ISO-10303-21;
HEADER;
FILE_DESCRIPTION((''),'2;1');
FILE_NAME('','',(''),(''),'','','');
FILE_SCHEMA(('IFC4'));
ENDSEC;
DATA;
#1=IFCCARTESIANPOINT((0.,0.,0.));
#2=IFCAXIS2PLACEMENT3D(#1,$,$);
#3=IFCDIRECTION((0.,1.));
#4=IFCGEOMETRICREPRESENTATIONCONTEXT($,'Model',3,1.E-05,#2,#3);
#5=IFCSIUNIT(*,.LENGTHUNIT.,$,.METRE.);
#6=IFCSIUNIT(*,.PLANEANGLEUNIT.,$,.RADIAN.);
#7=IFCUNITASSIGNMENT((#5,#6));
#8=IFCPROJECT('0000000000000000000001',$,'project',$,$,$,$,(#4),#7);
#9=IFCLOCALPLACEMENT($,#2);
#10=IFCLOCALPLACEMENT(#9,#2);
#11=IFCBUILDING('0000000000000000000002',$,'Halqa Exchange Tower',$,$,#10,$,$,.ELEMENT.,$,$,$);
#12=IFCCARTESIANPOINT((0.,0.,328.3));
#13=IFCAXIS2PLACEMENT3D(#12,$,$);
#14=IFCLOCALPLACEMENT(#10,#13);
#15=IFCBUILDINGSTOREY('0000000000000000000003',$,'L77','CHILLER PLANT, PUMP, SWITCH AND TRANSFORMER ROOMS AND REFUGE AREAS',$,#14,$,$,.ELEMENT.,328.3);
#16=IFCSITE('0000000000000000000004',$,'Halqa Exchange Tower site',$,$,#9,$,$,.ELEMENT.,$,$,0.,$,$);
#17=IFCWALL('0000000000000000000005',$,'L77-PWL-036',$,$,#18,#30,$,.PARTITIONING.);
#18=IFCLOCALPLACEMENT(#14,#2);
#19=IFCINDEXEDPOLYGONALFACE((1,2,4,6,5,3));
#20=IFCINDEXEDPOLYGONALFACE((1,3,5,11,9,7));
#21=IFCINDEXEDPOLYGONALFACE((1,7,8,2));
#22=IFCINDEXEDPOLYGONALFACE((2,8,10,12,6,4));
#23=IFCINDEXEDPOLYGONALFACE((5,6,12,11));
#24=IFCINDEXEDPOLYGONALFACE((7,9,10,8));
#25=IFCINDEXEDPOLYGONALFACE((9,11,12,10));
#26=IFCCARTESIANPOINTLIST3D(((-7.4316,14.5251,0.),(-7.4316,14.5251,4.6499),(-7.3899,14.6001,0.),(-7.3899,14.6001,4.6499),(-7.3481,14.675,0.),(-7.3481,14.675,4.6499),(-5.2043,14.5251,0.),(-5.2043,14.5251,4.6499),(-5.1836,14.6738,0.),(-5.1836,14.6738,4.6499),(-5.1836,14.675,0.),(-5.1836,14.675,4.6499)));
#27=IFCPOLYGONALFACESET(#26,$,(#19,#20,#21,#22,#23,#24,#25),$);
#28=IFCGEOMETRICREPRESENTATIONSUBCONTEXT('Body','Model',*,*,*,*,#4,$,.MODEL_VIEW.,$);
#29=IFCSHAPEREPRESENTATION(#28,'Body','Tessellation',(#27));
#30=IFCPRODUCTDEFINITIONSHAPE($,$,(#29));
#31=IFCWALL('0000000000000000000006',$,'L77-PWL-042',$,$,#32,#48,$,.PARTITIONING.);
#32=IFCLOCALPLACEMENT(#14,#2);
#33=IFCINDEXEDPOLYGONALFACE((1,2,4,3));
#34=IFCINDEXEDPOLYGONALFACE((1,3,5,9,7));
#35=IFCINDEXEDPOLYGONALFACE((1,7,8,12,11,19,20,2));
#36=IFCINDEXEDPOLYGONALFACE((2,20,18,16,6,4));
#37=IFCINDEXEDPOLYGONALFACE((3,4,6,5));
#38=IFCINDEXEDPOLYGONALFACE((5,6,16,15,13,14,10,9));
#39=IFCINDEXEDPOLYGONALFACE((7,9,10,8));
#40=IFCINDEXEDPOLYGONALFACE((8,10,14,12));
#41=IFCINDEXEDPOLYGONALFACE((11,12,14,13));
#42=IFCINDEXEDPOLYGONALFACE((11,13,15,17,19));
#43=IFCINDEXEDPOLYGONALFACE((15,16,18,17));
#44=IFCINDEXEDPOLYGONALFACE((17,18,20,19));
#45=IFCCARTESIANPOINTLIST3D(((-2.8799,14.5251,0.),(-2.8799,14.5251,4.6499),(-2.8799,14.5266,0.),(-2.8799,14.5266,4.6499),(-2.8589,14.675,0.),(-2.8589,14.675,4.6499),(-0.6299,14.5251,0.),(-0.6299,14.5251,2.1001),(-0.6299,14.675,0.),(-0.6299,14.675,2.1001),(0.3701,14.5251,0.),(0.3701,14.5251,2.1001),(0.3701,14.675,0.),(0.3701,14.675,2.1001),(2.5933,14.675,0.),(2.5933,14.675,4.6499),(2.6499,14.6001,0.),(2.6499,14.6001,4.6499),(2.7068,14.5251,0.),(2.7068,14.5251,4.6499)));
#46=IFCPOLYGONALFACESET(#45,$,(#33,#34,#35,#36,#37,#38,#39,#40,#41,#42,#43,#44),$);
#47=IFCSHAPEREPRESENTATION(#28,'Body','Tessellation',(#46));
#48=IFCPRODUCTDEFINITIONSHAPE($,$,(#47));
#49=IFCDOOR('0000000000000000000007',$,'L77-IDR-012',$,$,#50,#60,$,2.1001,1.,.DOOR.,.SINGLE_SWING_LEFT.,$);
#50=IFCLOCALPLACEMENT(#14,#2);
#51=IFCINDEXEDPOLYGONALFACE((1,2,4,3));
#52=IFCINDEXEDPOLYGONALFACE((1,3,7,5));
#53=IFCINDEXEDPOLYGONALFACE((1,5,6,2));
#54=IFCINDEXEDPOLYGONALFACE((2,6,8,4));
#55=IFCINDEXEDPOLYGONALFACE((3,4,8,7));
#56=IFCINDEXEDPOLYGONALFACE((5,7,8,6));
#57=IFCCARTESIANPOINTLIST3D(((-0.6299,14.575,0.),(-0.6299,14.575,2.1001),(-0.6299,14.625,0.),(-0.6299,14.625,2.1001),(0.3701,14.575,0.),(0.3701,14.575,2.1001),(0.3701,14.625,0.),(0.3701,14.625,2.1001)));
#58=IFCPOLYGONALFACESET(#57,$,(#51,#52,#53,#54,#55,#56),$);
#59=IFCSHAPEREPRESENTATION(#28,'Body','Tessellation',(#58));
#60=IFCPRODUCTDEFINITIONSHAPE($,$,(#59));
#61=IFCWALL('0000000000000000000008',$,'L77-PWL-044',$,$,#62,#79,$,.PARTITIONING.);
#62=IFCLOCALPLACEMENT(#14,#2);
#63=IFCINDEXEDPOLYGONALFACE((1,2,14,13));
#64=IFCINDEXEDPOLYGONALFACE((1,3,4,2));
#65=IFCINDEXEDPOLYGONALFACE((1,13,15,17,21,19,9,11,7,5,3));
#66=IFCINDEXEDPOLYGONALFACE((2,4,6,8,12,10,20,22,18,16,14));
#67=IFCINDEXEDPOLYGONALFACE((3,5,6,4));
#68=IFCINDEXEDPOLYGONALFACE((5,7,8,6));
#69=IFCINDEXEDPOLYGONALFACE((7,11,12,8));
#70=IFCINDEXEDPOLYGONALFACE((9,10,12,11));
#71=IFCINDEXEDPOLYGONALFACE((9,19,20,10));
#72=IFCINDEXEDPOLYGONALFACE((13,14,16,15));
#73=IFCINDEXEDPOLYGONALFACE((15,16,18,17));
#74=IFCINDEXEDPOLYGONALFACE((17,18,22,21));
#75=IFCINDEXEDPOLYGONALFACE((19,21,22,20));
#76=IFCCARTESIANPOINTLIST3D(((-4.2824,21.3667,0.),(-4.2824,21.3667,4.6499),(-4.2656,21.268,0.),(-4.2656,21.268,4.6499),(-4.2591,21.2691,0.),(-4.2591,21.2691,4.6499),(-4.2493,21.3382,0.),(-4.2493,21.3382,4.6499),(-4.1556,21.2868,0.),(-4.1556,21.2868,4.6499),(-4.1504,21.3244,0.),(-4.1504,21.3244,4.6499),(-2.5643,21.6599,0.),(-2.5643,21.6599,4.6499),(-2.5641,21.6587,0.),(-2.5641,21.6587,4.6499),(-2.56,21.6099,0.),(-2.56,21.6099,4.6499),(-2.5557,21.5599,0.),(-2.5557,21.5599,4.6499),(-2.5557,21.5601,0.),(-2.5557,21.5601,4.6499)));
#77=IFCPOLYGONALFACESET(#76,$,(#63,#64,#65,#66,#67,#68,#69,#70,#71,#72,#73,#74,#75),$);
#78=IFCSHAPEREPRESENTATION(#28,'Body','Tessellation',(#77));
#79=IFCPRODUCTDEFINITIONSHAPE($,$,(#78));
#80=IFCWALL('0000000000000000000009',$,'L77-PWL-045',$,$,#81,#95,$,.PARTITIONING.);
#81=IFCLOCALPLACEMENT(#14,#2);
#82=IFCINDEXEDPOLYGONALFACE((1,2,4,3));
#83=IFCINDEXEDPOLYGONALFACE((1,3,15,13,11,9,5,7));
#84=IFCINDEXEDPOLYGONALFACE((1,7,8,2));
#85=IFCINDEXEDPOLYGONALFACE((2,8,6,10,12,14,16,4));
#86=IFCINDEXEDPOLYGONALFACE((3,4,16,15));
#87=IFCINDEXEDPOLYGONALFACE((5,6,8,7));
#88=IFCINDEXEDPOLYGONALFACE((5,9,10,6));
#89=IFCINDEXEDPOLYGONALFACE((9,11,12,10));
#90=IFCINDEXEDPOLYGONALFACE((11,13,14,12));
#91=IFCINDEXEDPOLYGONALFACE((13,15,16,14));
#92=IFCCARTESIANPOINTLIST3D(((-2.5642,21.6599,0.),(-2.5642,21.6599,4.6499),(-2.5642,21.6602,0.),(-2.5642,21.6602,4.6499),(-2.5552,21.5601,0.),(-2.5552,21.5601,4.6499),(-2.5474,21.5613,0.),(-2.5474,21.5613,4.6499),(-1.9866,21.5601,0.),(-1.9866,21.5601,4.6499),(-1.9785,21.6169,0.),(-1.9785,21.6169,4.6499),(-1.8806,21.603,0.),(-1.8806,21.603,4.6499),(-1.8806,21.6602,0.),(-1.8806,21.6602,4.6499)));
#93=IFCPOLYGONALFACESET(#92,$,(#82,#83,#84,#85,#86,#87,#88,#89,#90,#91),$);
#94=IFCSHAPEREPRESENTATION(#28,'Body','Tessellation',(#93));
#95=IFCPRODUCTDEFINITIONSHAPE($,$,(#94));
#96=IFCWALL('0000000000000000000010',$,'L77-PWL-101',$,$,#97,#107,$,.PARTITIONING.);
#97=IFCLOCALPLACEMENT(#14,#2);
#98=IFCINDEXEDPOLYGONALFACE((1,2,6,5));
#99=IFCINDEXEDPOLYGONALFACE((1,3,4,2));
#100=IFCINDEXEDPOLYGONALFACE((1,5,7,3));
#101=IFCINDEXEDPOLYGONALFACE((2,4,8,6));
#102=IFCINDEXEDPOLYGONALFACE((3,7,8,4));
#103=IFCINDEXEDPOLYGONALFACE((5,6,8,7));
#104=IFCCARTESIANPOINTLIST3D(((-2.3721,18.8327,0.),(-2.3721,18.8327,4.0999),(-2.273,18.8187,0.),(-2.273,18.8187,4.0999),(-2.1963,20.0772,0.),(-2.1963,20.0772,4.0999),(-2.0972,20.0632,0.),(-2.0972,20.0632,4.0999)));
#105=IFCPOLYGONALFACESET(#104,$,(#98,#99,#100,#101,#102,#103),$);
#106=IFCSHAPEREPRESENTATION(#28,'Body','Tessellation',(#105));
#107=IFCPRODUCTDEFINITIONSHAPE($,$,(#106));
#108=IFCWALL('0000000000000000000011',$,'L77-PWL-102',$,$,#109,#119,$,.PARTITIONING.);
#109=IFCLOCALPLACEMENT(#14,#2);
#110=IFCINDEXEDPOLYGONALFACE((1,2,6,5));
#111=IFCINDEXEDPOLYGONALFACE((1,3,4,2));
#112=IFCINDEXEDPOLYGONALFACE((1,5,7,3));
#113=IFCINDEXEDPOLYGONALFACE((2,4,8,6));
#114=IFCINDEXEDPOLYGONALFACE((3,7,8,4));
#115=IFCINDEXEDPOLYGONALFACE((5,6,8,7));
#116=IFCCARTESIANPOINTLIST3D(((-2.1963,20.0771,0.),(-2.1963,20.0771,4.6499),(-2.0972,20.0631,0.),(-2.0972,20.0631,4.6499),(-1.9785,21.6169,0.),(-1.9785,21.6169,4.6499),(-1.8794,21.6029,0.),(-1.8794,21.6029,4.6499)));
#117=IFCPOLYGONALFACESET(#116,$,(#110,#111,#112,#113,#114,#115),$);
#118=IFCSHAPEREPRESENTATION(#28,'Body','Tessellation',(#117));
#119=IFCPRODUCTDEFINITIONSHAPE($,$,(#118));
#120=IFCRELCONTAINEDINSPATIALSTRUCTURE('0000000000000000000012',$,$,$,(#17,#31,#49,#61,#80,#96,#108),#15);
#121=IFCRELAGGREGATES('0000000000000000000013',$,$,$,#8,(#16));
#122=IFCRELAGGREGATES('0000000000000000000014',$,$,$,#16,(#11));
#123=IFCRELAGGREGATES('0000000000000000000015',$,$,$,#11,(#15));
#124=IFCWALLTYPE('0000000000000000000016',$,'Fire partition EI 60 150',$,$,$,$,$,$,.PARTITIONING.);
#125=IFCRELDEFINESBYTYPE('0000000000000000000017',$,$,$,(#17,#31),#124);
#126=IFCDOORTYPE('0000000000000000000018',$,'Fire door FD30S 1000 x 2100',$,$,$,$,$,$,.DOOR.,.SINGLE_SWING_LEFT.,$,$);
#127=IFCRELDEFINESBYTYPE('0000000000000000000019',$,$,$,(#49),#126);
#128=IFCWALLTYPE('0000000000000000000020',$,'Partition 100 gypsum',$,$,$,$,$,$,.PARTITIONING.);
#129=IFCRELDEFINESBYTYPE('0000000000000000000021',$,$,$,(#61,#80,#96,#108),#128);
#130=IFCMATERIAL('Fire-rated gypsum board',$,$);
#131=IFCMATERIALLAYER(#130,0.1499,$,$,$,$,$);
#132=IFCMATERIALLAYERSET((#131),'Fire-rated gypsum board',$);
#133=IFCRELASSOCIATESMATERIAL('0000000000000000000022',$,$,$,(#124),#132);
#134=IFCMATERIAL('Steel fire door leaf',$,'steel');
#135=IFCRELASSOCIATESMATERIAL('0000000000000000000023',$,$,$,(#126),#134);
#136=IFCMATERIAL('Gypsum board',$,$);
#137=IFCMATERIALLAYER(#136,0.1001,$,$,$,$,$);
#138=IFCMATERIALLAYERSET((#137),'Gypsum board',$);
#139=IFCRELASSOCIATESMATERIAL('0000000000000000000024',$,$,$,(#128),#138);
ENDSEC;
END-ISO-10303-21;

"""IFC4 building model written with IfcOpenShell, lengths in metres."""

from ifc_helpers import new_model, si_unit, direction, frame, frame_2d, origin, place, context, subcontext, project, spatial, polyline, rectangle, outline, extrude, material, layer, layer_set, type_object, element, fill, save


model = new_model("IFC4")

# Units and contexts
model_context = context("Model", 3, precision=1e-05, world=origin(), true_north=direction((0.0, 1.0)))
body_context = subcontext(model_context, "Body", "Model", "MODEL_VIEW")
ifc_project = project(units=[si_unit("LENGTHUNIT", "METRE"), si_unit("PLANEANGLEUNIT", "RADIAN")], contexts=[model_context])

# Site, building, storey
site_placement = place(None, origin())
site = spatial("IfcSite", under=ifc_project, at=site_placement, Name="Halqa Exchange Tower site", CompositionType="ELEMENT", RefElevation=0.0)
building_placement = place(site_placement, origin())
building = spatial("IfcBuilding", under=site, at=building_placement, Name="Halqa Exchange Tower", CompositionType="ELEMENT")
storey_placement = place(building_placement, frame((0.0, 0.0, 328.3)))
storey = spatial("IfcBuildingStorey", under=building, at=storey_placement, Name="L77", Description="CHILLER PLANT, PUMP, SWITCH AND TRANSFORMER ROOMS AND REFUGE AREAS", CompositionType="ELEMENT", Elevation=328.3)

# Shared definitions
ifc_material_1 = material(Name="Fire-rated gypsum board")
ifc_layer_1 = layer(ifc_material_1, 0.1499)
ifc_layer_set_1 = layer_set([ifc_layer_1], Name="Fire-rated gypsum board")
wall_type_1 = type_object("IfcWallType", Name="Fire partition EI 60 150", PredefinedType="PARTITIONING", material=ifc_layer_set_1)
ifc_material_2 = material(Name="Steel fire door leaf", Category="steel")
door_type = type_object("IfcDoorType", Name="Fire door FD30S 1000 x 2100", OperationType="SINGLE_SWING_LEFT", PredefinedType="DOOR", material=ifc_material_2)

# Wall
wall_1_placement = place(storey_placement, frame((-7.4319, 14.6001, 0.0), z_axis=(0.0, 0.0, 1.0), x_axis=(1.0, 0.0, 0.0)))
element("IfcWall", 1, at=wall_1_placement, inside=storey, type_object=wall_type_1, Name="L77-PWL-036", PredefinedType="PARTITIONING", context=body_context, shape_type="SweptSolid", body=[
    extrude(outline(polyline([(0.0002, -0.075), (2.2275, -0.075), (2.2483, 0.0737), (2.2483, 0.075), (0.0837, 0.075), (0.0837, 0.075), (0.0837, 0.075), (0.042, 0.0), (0.0002, -0.075)])), origin(), (0.0, 0.0, 1.0), 4.6499),
])

# Wall, opening, door
wall_2_placement = place(storey_placement, frame((-2.8799, 14.6001, 0.0), z_axis=(0.0, 0.0, 1.0), x_axis=(1.0, 0.0, 0.0)))
wall_2 = element("IfcWall", 2, at=wall_2_placement, inside=storey, type_object=wall_type_1, Name="L77-PWL-042", PredefinedType="PARTITIONING", context=body_context, shape_type="SweptSolid", body=[
    extrude(outline(polyline([(0.0, -0.075), (1.8623, -0.075), (3.7244, -0.075), (5.5867, -0.075), (5.5298, 0.0), (5.4731, 0.075), (5.4731, 0.075), (5.4731, 0.075), (3.6558, 0.075), (1.8384, 0.075), (0.021, 0.075), (0.0, -0.0735), (0.0, -0.075)])), origin(), (0.0, 0.0, 1.0), 4.6499),
])
opening_1_placement = place(wall_2_placement, frame((2.25, 0.0, 0.0)))
opening_1 = element("IfcOpeningElement", 3, at=opening_1_placement, cuts=wall_2, PredefinedType="OPENING", context=body_context, shape_type="SweptSolid", body=[
    extrude(rectangle(XDim=1.0, YDim=2.1001, at=frame_2d((0.5, 1.05))), frame((0.0, 0.0869, 0.0), z_axis=(0.0, -1.0, 0.0), x_axis=(1.0, 0.0, 0.0)), (0.0, 0.0, 1.0), 0.1738),
])
door_1_placement = place(opening_1_placement, origin())
door_1 = element("IfcDoor", 4, at=door_1_placement, inside=storey, type_object=door_type, Name="L77-IDR-012", OperationType="SINGLE_SWING_LEFT", OverallHeight=2.1001, OverallWidth=1.0, PredefinedType="DOOR", context=body_context, shape_type="SweptSolid", body=[
    extrude(rectangle(XDim=1.0, YDim=2.1001, at=frame_2d((0.5, 1.05))), frame((0.0, 0.0249, 0.0), z_axis=(0.0, -1.0, 0.0), x_axis=(1.0, 0.0, 0.0)), (0.0, 0.0, 1.0), 0.05),
])
fill(opening_1, door_1)

# Walls
ifc_material_3 = material(Name="Gypsum board")
ifc_layer_2 = layer(ifc_material_3, 0.1001)
ifc_layer_set_2 = layer_set([ifc_layer_2], Name="Gypsum board")
wall_type_2 = type_object("IfcWallType", Name="Partition 100 gypsum", PredefinedType="PARTITIONING", material=ifc_layer_set_2)
wall_3_placement = place(storey_placement, frame((-2.5559, 21.6106, 0.0), z_axis=(0.0, 0.0, 1.0), x_axis=(-0.985747, -0.168237, 0.0)))
element("IfcWall", 5, at=wall_3_placement, inside=storey, type_object=wall_type_2, Name="L77-PWL-044", PredefinedType="PARTITIONING", context=body_context, shape_type="SweptSolid", body=[
    extrude(outline(polyline([(0.0, -0.05), (1.7429, -0.05), (1.7429, 0.05), (1.7363, 0.05), (1.7151, -0.0164), (1.6199, 0.0139), (1.6313, 0.05), (0.0083, 0.05), (0.0083, 0.0498), (0.0083, 0.0498), (0.0042, 0.0), (0.0, -0.0488), (0.0, -0.05)])), origin(), (0.0, 0.0, 1.0), 4.6499),
])
wall_4_placement = place(storey_placement, frame((-1.8806, 21.6101, 0.0), z_axis=(0.0, 0.0, 1.0), x_axis=(-1.0, 0.0, 0.0)))
element("IfcWall", 6, at=wall_4_placement, inside=storey, type_object=wall_type_2, Name="L77-PWL-045", PredefinedType="PARTITIONING", context=body_context, shape_type="SweptSolid", body=[
    extrude(outline(polyline([(0.6836, -0.05), (0.6836, -0.0498), (0.6836, -0.0498), (0.6667, 0.0488), (0.6746, 0.05), (0.106, 0.05), (0.0979, -0.0068), (0.0, 0.0071), (0.0, -0.05), (0.6836, -0.05)])), origin(), (0.0, 0.0, 1.0), 4.6499),
])
wall_5_placement = place(storey_placement, frame((-2.3225, 18.8257, 0.0), z_axis=(0.0, 0.0, 1.0), x_axis=(0.139871, 0.99017, 0.0)))
element("IfcWall", 7, at=wall_5_placement, inside=storey, type_object=wall_type_2, Name="L77-PWL-101", PredefinedType="PARTITIONING", context=body_context, shape_type="SweptSolid", body=[
    extrude(rectangle(XDim=1.2568, YDim=0.1001, at=frame_2d((0.6284, 0.0))), origin(), (0.0, 0.0, 1.0), 4.0999),
])
wall_6_placement = place(storey_placement, frame((-2.1467, 20.0701, 0.0), z_axis=(0.0, 0.0, 1.0), x_axis=(0.140037, 0.990146, 0.0)))
element("IfcWall", 8, at=wall_6_placement, inside=storey, type_object=wall_type_2, Name="L77-PWL-102", PredefinedType="PARTITIONING", context=body_context, shape_type="SweptSolid", body=[
    extrude(rectangle(XDim=1.5552, YDim=0.1001, at=frame_2d((0.7776, 0.0))), origin(), (0.0, 0.0, 1.0), 4.6499),
])

save(model, "model.ifc")
